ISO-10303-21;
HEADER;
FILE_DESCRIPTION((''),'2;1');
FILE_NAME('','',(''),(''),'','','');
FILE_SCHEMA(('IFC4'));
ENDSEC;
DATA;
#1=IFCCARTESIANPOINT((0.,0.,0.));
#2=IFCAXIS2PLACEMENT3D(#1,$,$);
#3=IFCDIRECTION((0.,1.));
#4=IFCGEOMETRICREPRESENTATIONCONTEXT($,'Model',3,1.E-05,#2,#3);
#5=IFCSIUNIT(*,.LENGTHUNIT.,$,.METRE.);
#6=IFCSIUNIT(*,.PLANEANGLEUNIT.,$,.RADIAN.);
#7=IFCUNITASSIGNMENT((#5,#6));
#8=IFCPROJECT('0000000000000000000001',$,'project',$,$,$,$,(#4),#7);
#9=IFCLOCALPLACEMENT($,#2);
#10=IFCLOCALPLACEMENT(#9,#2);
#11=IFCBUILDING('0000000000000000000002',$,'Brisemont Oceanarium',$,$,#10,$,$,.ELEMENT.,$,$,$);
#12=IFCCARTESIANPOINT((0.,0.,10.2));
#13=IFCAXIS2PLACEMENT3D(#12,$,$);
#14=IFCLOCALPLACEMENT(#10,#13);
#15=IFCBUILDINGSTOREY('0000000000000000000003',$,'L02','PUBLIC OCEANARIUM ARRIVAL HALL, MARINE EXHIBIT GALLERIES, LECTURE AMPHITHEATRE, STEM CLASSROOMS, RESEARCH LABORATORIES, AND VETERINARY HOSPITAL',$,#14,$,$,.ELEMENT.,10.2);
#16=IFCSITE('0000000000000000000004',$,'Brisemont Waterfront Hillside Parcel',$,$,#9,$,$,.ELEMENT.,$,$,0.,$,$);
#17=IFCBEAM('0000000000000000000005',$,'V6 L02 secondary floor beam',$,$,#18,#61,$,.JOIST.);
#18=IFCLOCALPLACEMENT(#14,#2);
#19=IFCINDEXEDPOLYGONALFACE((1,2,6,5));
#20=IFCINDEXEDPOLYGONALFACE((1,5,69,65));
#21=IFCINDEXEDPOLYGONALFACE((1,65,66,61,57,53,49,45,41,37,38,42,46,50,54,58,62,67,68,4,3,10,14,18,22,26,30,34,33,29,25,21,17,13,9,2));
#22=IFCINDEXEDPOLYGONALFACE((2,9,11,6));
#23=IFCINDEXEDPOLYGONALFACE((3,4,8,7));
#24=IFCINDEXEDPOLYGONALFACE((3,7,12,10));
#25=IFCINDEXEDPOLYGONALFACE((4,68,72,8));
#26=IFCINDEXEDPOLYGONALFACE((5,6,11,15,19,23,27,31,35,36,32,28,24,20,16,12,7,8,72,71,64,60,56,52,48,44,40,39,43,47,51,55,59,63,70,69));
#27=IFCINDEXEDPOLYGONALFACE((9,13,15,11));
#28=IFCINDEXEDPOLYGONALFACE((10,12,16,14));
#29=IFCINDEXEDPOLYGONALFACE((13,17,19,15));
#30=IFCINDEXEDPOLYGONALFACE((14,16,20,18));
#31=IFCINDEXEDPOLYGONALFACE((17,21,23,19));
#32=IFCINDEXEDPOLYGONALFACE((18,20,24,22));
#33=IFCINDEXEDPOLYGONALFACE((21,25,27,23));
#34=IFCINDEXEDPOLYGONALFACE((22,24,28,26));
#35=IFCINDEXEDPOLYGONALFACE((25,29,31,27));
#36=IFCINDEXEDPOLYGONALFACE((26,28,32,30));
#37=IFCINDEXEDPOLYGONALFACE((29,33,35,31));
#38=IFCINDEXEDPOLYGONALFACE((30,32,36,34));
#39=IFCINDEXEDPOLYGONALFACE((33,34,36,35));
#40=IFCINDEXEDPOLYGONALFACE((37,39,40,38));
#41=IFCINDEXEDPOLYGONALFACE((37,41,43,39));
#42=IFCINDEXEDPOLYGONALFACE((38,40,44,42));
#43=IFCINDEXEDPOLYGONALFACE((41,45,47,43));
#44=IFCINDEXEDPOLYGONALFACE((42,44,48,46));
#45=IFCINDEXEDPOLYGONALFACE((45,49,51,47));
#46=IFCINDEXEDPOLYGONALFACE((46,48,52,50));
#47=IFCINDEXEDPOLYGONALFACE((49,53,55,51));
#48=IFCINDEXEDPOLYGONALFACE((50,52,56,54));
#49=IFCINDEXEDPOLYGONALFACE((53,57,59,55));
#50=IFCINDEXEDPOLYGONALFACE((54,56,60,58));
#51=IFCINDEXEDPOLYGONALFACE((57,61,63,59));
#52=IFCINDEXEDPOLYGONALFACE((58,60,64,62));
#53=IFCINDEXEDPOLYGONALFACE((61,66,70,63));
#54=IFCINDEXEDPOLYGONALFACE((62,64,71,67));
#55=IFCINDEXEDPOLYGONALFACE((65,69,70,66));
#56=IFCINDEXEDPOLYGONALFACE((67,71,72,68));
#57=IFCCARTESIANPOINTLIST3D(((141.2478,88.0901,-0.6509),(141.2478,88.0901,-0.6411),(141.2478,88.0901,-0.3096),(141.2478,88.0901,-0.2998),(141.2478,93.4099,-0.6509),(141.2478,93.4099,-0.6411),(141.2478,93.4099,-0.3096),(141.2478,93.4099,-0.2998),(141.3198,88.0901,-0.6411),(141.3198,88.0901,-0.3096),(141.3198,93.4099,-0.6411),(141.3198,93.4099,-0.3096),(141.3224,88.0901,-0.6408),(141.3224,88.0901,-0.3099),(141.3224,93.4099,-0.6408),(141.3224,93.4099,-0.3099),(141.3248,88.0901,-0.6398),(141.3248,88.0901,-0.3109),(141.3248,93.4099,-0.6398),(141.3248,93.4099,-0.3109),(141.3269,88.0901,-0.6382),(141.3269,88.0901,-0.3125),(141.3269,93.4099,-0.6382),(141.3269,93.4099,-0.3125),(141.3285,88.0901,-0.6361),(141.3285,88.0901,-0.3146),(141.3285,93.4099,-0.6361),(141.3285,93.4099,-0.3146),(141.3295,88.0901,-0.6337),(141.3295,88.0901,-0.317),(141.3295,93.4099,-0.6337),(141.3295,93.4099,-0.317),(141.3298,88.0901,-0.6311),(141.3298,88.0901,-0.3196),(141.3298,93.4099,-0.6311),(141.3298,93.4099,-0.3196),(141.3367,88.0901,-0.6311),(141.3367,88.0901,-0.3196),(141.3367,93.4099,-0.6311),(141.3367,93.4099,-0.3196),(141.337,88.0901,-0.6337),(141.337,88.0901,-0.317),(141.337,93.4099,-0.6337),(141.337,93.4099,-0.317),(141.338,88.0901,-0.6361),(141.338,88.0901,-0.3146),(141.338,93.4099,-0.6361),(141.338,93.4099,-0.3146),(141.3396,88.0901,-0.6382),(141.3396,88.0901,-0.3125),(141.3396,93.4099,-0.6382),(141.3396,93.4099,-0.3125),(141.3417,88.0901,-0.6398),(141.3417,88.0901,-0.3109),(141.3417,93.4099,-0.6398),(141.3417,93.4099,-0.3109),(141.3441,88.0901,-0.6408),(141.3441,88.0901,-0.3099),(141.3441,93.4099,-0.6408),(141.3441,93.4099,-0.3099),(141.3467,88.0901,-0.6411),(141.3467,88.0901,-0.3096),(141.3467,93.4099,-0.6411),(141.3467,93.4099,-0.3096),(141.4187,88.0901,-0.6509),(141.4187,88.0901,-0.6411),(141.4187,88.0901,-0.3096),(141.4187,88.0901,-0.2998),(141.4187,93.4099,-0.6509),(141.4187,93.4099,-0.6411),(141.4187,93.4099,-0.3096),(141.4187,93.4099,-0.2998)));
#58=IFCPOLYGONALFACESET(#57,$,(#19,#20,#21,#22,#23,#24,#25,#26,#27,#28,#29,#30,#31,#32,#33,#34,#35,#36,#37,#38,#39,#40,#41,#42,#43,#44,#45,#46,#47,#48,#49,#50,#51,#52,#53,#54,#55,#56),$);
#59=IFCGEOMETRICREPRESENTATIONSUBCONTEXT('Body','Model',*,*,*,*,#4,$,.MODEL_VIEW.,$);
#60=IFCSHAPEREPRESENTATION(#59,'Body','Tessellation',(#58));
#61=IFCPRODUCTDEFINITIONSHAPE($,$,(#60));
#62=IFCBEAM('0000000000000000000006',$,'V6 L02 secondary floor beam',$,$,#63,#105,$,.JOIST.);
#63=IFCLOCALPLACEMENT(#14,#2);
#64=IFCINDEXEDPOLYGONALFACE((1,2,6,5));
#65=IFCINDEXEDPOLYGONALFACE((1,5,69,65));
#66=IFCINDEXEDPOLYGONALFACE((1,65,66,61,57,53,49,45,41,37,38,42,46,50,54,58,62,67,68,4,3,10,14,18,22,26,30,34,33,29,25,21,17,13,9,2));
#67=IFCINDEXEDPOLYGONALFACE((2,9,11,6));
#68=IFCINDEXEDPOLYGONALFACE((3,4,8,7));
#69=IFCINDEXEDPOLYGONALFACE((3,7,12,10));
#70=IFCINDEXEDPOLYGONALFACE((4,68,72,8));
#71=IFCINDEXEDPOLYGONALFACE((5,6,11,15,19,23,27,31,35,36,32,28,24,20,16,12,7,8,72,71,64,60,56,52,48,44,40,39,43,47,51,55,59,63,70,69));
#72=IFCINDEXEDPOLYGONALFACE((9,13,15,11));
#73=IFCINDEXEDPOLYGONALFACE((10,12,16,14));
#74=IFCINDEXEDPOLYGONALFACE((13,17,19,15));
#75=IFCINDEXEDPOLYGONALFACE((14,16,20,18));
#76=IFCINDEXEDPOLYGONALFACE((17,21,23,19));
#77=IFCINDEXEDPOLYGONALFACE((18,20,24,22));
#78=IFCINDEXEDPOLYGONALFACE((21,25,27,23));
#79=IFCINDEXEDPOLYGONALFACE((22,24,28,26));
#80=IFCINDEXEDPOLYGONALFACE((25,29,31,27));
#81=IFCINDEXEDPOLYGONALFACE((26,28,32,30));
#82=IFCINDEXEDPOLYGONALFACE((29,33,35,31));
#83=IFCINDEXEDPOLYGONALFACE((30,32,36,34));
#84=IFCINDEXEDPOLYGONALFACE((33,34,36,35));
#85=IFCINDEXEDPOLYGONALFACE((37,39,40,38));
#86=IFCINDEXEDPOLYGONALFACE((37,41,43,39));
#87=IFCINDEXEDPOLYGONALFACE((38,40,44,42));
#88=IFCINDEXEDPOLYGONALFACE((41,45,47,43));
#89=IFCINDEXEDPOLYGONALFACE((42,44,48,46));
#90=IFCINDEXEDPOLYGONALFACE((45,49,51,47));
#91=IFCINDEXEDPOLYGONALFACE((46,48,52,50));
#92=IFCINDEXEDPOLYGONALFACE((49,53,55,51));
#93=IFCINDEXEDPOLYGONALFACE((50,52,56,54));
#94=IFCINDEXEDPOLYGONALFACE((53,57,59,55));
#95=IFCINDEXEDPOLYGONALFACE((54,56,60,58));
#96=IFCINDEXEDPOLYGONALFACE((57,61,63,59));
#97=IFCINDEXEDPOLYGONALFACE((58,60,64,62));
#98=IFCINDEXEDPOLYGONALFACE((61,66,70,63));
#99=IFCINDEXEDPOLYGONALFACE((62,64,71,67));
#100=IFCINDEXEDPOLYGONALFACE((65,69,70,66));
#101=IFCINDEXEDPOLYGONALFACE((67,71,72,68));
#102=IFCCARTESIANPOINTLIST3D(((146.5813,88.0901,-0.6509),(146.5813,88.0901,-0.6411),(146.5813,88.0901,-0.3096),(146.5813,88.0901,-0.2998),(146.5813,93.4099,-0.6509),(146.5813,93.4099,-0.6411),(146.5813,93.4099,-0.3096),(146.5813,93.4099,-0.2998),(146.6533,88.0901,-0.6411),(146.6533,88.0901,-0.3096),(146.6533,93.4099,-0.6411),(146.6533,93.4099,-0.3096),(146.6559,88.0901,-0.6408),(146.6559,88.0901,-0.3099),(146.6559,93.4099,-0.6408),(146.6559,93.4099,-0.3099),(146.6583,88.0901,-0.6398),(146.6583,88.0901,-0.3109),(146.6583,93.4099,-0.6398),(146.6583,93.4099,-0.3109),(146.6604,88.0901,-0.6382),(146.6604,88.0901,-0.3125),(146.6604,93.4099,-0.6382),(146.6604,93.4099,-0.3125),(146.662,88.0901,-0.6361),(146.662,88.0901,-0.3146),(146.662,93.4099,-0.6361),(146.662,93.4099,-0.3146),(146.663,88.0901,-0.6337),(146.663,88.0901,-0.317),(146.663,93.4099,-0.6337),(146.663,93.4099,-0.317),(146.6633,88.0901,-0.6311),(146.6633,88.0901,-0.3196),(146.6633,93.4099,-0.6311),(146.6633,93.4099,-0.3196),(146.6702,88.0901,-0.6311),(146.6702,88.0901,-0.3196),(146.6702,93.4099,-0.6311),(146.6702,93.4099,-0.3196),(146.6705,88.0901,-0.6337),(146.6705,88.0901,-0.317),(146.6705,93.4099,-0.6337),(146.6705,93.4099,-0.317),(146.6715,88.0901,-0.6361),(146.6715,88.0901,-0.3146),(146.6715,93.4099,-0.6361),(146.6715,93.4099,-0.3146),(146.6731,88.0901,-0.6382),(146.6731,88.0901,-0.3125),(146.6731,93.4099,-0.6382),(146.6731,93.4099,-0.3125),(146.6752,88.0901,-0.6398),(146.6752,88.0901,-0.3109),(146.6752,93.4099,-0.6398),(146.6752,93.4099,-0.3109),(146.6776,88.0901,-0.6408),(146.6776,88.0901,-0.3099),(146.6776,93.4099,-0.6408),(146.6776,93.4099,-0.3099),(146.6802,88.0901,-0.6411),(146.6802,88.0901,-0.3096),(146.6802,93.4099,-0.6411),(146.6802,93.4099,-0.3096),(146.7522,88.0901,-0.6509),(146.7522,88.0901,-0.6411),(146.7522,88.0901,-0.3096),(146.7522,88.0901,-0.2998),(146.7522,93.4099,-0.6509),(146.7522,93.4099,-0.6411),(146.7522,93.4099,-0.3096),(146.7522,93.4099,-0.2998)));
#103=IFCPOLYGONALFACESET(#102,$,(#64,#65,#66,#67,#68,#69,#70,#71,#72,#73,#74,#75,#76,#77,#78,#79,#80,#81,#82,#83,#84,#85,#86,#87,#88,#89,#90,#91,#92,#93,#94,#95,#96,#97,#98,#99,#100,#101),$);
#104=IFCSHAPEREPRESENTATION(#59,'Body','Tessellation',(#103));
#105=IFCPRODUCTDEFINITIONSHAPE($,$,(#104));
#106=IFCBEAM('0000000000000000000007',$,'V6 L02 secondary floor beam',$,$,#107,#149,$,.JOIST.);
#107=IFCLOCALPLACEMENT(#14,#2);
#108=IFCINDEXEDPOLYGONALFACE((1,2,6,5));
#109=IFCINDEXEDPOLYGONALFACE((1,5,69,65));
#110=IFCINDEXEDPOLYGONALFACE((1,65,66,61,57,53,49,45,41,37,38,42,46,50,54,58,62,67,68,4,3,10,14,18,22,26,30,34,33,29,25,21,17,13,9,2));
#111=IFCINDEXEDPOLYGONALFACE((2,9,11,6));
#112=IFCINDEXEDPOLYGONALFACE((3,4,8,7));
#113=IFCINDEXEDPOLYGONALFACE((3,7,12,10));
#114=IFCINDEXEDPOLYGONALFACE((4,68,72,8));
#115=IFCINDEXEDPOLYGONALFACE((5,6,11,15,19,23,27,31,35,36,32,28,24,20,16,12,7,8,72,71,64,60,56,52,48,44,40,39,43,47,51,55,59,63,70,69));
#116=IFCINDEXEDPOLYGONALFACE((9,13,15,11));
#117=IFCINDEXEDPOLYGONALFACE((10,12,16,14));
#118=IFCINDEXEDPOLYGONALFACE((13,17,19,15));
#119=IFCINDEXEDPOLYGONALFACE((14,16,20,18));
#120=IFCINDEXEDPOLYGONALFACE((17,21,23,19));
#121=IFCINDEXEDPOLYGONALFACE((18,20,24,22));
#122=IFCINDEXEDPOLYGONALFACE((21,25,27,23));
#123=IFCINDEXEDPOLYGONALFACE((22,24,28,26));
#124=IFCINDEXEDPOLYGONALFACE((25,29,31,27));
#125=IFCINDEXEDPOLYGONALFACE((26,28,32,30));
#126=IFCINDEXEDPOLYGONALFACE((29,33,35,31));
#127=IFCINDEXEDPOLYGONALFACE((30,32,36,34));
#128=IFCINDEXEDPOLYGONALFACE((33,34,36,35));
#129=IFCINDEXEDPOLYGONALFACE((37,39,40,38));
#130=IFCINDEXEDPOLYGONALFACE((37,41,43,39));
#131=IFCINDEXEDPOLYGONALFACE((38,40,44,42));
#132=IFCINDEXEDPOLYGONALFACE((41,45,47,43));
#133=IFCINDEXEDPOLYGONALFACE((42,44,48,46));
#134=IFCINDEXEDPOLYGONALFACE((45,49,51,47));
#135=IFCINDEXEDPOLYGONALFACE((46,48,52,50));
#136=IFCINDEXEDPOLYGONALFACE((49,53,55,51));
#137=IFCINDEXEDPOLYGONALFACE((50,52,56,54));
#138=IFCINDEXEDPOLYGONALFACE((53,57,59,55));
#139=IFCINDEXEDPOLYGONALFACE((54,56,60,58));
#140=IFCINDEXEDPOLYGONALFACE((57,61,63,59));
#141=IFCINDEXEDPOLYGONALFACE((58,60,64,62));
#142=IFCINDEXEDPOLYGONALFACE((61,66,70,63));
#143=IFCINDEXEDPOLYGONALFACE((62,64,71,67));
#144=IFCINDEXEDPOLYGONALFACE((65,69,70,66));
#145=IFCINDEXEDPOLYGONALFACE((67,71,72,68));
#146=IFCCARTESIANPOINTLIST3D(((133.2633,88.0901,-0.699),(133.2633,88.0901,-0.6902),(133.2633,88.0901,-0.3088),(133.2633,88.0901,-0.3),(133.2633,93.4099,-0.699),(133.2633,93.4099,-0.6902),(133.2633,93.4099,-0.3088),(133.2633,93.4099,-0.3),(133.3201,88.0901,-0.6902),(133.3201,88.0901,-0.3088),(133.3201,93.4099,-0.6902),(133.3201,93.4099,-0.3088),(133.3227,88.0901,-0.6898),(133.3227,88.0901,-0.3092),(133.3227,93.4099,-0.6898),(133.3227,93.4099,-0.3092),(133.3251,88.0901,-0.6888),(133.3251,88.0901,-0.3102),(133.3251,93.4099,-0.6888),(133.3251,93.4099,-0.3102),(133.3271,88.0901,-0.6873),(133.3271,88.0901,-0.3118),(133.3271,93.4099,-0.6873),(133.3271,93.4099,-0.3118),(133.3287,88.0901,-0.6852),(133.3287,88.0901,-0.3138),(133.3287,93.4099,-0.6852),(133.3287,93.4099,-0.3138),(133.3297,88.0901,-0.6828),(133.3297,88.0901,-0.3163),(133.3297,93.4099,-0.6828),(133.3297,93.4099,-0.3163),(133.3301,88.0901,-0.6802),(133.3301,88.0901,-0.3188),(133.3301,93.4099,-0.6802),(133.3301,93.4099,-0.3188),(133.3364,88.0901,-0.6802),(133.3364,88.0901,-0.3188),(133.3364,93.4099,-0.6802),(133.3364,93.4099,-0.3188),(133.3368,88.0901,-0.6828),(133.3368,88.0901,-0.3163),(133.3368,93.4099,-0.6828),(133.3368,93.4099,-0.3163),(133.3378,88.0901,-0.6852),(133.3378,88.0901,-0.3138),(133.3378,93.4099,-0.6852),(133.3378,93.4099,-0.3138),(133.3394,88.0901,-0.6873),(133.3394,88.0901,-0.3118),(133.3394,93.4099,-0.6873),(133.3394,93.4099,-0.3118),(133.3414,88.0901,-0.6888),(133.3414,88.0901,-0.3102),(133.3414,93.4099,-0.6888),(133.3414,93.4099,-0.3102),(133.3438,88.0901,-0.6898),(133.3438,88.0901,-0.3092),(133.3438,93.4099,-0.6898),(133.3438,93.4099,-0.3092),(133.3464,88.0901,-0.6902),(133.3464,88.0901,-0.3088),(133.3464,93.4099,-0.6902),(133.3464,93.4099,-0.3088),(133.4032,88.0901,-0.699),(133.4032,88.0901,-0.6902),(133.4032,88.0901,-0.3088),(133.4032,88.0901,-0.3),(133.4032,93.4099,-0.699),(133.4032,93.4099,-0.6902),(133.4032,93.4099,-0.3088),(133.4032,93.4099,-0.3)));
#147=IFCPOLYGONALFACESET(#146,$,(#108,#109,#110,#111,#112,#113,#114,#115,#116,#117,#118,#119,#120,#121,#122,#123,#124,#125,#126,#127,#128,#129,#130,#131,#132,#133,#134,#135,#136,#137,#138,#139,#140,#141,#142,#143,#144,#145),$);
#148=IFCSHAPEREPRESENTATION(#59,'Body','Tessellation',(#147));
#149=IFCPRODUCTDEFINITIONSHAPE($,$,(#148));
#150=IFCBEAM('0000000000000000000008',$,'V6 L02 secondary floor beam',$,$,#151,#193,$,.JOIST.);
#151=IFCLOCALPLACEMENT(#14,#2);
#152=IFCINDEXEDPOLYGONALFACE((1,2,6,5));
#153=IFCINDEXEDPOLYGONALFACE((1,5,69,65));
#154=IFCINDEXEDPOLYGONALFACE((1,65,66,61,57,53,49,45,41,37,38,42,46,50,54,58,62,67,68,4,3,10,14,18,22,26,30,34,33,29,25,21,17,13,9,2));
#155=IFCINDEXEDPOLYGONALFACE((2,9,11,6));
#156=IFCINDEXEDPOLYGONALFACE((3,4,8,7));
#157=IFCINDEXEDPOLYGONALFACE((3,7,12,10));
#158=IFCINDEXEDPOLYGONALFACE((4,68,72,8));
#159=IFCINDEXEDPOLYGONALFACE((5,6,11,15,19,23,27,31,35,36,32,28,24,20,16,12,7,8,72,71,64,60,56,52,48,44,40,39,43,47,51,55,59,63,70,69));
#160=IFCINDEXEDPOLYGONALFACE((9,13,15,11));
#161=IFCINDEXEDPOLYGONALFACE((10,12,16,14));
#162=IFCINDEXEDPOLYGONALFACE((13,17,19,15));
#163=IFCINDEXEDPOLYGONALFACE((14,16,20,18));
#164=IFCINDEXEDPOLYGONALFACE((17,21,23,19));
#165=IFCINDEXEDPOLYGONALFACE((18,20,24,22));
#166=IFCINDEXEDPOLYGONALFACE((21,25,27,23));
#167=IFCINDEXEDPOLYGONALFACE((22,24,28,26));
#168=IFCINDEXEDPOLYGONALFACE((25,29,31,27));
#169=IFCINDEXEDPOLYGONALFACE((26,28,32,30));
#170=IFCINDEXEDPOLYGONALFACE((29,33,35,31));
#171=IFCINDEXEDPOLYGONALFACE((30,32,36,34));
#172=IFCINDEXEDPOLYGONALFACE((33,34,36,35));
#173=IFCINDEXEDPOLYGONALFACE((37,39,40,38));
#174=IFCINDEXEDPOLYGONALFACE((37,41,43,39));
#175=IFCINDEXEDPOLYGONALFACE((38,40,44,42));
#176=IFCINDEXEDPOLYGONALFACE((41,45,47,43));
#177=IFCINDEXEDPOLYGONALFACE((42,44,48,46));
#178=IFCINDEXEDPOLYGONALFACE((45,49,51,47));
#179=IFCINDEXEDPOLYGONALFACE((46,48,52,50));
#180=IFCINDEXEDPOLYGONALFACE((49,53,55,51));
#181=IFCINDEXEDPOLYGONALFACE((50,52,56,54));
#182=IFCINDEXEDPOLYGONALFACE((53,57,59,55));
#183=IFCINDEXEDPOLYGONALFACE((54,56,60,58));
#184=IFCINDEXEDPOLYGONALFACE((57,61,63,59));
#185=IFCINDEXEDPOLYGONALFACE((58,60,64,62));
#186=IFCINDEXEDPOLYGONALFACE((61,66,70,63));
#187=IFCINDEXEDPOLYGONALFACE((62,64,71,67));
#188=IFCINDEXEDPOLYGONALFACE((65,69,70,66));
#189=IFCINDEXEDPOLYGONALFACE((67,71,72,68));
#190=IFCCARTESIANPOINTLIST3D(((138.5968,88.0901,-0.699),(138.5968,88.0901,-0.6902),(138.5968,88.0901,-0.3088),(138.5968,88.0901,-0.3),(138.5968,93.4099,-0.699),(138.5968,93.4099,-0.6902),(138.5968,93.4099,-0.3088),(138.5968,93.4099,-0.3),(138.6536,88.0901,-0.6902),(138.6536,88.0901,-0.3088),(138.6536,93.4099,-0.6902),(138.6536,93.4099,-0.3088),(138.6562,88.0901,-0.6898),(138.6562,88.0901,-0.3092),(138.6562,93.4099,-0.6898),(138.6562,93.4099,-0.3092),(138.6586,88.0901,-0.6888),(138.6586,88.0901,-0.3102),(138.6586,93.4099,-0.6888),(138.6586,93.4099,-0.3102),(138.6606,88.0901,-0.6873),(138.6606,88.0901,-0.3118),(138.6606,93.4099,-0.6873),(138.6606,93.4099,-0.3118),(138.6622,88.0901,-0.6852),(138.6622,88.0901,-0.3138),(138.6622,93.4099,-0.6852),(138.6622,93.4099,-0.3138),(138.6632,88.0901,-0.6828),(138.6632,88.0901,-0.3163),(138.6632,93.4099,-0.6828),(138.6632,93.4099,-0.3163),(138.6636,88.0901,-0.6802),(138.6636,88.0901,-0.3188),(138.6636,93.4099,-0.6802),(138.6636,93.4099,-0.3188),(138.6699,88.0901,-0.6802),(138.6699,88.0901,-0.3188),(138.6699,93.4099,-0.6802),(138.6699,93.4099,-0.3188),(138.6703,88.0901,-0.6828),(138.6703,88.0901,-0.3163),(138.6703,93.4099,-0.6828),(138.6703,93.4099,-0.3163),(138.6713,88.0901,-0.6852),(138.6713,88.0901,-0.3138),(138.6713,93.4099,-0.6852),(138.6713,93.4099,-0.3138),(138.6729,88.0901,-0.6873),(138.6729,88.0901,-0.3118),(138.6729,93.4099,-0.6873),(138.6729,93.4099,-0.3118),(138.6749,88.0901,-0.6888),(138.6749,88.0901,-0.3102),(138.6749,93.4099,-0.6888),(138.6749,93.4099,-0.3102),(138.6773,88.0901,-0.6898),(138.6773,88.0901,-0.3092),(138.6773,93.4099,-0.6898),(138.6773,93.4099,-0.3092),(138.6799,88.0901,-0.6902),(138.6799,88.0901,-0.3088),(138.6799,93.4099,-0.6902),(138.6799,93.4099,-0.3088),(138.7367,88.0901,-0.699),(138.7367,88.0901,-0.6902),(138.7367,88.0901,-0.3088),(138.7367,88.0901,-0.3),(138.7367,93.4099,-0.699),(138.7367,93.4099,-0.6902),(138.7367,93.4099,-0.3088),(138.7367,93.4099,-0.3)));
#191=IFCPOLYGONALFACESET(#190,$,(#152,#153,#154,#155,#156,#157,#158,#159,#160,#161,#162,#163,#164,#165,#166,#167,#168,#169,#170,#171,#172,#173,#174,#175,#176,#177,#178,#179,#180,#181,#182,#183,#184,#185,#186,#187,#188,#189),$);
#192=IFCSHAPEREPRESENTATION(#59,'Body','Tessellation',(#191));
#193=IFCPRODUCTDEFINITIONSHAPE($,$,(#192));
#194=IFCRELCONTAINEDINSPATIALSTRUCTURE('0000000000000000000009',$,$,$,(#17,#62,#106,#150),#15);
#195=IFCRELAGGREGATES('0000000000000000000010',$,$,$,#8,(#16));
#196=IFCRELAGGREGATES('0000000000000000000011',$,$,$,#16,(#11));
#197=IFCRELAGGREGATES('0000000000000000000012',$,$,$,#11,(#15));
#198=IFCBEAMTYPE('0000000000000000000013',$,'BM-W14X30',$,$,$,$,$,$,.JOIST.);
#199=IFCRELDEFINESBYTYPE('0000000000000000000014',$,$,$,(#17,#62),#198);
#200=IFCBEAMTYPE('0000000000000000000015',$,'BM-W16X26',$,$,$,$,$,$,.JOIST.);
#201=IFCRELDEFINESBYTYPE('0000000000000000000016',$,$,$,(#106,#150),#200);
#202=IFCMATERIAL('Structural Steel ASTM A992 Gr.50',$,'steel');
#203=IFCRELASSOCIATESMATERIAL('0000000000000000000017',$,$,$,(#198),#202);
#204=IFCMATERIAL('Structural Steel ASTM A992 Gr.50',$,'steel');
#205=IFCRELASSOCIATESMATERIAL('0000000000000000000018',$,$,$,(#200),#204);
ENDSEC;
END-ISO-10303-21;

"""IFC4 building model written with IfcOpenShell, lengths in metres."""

from ifc_helpers import new_model, si_unit, direction, frame, origin, origin_2d, place, context, subcontext, project, spatial, i_section, extrude, material, material_profile, profile_set, type_object, element, save


model = new_model("IFC4")

# Units and contexts
model_context = context("Model", 3, precision=1e-05, world=origin(), true_north=direction((0.0, 1.0)))
body_context = subcontext(model_context, "Body", "Model", "MODEL_VIEW")
ifc_project = project(units=[si_unit("LENGTHUNIT", "METRE"), si_unit("PLANEANGLEUNIT", "RADIAN")], contexts=[model_context])

# Site, building, storey
site_placement = place(None, origin())
site = spatial("IfcSite", under=ifc_project, at=site_placement, Name="Brisemont Waterfront Hillside Parcel", CompositionType="ELEMENT", RefElevation=0.0)
building_placement = place(site_placement, origin())
building = spatial("IfcBuilding", under=site, at=building_placement, Name="Brisemont Oceanarium", CompositionType="ELEMENT")
storey_placement = place(building_placement, frame((0.0, 0.0, 10.2)))
storey = spatial("IfcBuildingStorey", under=building, at=storey_placement, Name="L02", Description="PUBLIC OCEANARIUM ARRIVAL HALL, MARINE EXHIBIT GALLERIES, LECTURE AMPHITHEATRE, STEM CLASSROOMS, RESEARCH LABORATORIES, AND VETERINARY HOSPITAL", CompositionType="ELEMENT", Elevation=10.2)

# Beams
ifc_material_1 = material(Name="Structural Steel ASTM A992 Gr.50", Category="steel")
ifc_material_profile_1 = material_profile(ifc_material_1, i_section(OverallWidth=0.1709, OverallDepth=0.3511, WebThickness=0.0068, FlangeThickness=0.0098, FilletRadius=0.01, at=origin_2d()), Name="W14X30")
ifc_profile_set_1 = profile_set([ifc_material_profile_1], Name="Structural Steel ASTM A992 Gr.50")
beam_type_1 = type_object("IfcBeamType", Name="BM-W14X30", PredefinedType="JOIST", material=ifc_profile_set_1)
for number, where, z_axis, x_axis, name in (
    (1, (141.3333, 88.0901, -0.4753), (0.0, 1.0, 0.0), (-1.0, 0.0, 0.0), "V6 L02 secondary floor beam"),
    (2, (146.6667, 88.0901, -0.4753), (0.0, 1.0, 0.0), (-1.0, 0.0, 0.0), "V6 L02 secondary floor beam"),
):
    element("IfcBeam", number, at=place(storey_placement, frame(where, z_axis=z_axis, x_axis=x_axis)), inside=storey, type_object=beam_type_1, Name=name, PredefinedType="JOIST", context=body_context, shape_type="SweptSolid", body=[
        extrude(i_section(OverallWidth=0.1709, OverallDepth=0.3511, WebThickness=0.0068, FlangeThickness=0.0098, FilletRadius=0.01, at=origin_2d()), origin(), (0.0, 0.0, 1.0), 5.3198),
    ])
ifc_material_2 = material(Name="Structural Steel ASTM A992 Gr.50", Category="steel")
ifc_material_profile_2 = material_profile(ifc_material_2, i_section(OverallWidth=0.1399, OverallDepth=0.3989, WebThickness=0.0063, FlangeThickness=0.0088, FilletRadius=0.01, at=origin_2d()), Name="W16X26")
ifc_profile_set_2 = profile_set([ifc_material_profile_2], Name="Structural Steel ASTM A992 Gr.50")
beam_type_2 = type_object("IfcBeamType", Name="BM-W16X26", PredefinedType="JOIST", material=ifc_profile_set_2)
for number, where, z_axis, x_axis, name in (
    (3, (133.3333, 88.0901, -0.4995), (0.0, 1.0, 0.0), (-1.0, 0.0, 0.0), "V6 L02 secondary floor beam"),
    (4, (138.6667, 88.0901, -0.4995), (0.0, 1.0, 0.0), (-1.0, 0.0, 0.0), "V6 L02 secondary floor beam"),
):
    element("IfcBeam", number, at=place(storey_placement, frame(where, z_axis=z_axis, x_axis=x_axis)), inside=storey, type_object=beam_type_2, Name=name, PredefinedType="JOIST", context=body_context, shape_type="SweptSolid", body=[
        extrude(i_section(OverallWidth=0.1399, OverallDepth=0.3989, WebThickness=0.0063, FlangeThickness=0.0088, FilletRadius=0.01, at=origin_2d()), origin(), (0.0, 0.0, 1.0), 5.3198),
    ])

save(model, "model.ifc")
